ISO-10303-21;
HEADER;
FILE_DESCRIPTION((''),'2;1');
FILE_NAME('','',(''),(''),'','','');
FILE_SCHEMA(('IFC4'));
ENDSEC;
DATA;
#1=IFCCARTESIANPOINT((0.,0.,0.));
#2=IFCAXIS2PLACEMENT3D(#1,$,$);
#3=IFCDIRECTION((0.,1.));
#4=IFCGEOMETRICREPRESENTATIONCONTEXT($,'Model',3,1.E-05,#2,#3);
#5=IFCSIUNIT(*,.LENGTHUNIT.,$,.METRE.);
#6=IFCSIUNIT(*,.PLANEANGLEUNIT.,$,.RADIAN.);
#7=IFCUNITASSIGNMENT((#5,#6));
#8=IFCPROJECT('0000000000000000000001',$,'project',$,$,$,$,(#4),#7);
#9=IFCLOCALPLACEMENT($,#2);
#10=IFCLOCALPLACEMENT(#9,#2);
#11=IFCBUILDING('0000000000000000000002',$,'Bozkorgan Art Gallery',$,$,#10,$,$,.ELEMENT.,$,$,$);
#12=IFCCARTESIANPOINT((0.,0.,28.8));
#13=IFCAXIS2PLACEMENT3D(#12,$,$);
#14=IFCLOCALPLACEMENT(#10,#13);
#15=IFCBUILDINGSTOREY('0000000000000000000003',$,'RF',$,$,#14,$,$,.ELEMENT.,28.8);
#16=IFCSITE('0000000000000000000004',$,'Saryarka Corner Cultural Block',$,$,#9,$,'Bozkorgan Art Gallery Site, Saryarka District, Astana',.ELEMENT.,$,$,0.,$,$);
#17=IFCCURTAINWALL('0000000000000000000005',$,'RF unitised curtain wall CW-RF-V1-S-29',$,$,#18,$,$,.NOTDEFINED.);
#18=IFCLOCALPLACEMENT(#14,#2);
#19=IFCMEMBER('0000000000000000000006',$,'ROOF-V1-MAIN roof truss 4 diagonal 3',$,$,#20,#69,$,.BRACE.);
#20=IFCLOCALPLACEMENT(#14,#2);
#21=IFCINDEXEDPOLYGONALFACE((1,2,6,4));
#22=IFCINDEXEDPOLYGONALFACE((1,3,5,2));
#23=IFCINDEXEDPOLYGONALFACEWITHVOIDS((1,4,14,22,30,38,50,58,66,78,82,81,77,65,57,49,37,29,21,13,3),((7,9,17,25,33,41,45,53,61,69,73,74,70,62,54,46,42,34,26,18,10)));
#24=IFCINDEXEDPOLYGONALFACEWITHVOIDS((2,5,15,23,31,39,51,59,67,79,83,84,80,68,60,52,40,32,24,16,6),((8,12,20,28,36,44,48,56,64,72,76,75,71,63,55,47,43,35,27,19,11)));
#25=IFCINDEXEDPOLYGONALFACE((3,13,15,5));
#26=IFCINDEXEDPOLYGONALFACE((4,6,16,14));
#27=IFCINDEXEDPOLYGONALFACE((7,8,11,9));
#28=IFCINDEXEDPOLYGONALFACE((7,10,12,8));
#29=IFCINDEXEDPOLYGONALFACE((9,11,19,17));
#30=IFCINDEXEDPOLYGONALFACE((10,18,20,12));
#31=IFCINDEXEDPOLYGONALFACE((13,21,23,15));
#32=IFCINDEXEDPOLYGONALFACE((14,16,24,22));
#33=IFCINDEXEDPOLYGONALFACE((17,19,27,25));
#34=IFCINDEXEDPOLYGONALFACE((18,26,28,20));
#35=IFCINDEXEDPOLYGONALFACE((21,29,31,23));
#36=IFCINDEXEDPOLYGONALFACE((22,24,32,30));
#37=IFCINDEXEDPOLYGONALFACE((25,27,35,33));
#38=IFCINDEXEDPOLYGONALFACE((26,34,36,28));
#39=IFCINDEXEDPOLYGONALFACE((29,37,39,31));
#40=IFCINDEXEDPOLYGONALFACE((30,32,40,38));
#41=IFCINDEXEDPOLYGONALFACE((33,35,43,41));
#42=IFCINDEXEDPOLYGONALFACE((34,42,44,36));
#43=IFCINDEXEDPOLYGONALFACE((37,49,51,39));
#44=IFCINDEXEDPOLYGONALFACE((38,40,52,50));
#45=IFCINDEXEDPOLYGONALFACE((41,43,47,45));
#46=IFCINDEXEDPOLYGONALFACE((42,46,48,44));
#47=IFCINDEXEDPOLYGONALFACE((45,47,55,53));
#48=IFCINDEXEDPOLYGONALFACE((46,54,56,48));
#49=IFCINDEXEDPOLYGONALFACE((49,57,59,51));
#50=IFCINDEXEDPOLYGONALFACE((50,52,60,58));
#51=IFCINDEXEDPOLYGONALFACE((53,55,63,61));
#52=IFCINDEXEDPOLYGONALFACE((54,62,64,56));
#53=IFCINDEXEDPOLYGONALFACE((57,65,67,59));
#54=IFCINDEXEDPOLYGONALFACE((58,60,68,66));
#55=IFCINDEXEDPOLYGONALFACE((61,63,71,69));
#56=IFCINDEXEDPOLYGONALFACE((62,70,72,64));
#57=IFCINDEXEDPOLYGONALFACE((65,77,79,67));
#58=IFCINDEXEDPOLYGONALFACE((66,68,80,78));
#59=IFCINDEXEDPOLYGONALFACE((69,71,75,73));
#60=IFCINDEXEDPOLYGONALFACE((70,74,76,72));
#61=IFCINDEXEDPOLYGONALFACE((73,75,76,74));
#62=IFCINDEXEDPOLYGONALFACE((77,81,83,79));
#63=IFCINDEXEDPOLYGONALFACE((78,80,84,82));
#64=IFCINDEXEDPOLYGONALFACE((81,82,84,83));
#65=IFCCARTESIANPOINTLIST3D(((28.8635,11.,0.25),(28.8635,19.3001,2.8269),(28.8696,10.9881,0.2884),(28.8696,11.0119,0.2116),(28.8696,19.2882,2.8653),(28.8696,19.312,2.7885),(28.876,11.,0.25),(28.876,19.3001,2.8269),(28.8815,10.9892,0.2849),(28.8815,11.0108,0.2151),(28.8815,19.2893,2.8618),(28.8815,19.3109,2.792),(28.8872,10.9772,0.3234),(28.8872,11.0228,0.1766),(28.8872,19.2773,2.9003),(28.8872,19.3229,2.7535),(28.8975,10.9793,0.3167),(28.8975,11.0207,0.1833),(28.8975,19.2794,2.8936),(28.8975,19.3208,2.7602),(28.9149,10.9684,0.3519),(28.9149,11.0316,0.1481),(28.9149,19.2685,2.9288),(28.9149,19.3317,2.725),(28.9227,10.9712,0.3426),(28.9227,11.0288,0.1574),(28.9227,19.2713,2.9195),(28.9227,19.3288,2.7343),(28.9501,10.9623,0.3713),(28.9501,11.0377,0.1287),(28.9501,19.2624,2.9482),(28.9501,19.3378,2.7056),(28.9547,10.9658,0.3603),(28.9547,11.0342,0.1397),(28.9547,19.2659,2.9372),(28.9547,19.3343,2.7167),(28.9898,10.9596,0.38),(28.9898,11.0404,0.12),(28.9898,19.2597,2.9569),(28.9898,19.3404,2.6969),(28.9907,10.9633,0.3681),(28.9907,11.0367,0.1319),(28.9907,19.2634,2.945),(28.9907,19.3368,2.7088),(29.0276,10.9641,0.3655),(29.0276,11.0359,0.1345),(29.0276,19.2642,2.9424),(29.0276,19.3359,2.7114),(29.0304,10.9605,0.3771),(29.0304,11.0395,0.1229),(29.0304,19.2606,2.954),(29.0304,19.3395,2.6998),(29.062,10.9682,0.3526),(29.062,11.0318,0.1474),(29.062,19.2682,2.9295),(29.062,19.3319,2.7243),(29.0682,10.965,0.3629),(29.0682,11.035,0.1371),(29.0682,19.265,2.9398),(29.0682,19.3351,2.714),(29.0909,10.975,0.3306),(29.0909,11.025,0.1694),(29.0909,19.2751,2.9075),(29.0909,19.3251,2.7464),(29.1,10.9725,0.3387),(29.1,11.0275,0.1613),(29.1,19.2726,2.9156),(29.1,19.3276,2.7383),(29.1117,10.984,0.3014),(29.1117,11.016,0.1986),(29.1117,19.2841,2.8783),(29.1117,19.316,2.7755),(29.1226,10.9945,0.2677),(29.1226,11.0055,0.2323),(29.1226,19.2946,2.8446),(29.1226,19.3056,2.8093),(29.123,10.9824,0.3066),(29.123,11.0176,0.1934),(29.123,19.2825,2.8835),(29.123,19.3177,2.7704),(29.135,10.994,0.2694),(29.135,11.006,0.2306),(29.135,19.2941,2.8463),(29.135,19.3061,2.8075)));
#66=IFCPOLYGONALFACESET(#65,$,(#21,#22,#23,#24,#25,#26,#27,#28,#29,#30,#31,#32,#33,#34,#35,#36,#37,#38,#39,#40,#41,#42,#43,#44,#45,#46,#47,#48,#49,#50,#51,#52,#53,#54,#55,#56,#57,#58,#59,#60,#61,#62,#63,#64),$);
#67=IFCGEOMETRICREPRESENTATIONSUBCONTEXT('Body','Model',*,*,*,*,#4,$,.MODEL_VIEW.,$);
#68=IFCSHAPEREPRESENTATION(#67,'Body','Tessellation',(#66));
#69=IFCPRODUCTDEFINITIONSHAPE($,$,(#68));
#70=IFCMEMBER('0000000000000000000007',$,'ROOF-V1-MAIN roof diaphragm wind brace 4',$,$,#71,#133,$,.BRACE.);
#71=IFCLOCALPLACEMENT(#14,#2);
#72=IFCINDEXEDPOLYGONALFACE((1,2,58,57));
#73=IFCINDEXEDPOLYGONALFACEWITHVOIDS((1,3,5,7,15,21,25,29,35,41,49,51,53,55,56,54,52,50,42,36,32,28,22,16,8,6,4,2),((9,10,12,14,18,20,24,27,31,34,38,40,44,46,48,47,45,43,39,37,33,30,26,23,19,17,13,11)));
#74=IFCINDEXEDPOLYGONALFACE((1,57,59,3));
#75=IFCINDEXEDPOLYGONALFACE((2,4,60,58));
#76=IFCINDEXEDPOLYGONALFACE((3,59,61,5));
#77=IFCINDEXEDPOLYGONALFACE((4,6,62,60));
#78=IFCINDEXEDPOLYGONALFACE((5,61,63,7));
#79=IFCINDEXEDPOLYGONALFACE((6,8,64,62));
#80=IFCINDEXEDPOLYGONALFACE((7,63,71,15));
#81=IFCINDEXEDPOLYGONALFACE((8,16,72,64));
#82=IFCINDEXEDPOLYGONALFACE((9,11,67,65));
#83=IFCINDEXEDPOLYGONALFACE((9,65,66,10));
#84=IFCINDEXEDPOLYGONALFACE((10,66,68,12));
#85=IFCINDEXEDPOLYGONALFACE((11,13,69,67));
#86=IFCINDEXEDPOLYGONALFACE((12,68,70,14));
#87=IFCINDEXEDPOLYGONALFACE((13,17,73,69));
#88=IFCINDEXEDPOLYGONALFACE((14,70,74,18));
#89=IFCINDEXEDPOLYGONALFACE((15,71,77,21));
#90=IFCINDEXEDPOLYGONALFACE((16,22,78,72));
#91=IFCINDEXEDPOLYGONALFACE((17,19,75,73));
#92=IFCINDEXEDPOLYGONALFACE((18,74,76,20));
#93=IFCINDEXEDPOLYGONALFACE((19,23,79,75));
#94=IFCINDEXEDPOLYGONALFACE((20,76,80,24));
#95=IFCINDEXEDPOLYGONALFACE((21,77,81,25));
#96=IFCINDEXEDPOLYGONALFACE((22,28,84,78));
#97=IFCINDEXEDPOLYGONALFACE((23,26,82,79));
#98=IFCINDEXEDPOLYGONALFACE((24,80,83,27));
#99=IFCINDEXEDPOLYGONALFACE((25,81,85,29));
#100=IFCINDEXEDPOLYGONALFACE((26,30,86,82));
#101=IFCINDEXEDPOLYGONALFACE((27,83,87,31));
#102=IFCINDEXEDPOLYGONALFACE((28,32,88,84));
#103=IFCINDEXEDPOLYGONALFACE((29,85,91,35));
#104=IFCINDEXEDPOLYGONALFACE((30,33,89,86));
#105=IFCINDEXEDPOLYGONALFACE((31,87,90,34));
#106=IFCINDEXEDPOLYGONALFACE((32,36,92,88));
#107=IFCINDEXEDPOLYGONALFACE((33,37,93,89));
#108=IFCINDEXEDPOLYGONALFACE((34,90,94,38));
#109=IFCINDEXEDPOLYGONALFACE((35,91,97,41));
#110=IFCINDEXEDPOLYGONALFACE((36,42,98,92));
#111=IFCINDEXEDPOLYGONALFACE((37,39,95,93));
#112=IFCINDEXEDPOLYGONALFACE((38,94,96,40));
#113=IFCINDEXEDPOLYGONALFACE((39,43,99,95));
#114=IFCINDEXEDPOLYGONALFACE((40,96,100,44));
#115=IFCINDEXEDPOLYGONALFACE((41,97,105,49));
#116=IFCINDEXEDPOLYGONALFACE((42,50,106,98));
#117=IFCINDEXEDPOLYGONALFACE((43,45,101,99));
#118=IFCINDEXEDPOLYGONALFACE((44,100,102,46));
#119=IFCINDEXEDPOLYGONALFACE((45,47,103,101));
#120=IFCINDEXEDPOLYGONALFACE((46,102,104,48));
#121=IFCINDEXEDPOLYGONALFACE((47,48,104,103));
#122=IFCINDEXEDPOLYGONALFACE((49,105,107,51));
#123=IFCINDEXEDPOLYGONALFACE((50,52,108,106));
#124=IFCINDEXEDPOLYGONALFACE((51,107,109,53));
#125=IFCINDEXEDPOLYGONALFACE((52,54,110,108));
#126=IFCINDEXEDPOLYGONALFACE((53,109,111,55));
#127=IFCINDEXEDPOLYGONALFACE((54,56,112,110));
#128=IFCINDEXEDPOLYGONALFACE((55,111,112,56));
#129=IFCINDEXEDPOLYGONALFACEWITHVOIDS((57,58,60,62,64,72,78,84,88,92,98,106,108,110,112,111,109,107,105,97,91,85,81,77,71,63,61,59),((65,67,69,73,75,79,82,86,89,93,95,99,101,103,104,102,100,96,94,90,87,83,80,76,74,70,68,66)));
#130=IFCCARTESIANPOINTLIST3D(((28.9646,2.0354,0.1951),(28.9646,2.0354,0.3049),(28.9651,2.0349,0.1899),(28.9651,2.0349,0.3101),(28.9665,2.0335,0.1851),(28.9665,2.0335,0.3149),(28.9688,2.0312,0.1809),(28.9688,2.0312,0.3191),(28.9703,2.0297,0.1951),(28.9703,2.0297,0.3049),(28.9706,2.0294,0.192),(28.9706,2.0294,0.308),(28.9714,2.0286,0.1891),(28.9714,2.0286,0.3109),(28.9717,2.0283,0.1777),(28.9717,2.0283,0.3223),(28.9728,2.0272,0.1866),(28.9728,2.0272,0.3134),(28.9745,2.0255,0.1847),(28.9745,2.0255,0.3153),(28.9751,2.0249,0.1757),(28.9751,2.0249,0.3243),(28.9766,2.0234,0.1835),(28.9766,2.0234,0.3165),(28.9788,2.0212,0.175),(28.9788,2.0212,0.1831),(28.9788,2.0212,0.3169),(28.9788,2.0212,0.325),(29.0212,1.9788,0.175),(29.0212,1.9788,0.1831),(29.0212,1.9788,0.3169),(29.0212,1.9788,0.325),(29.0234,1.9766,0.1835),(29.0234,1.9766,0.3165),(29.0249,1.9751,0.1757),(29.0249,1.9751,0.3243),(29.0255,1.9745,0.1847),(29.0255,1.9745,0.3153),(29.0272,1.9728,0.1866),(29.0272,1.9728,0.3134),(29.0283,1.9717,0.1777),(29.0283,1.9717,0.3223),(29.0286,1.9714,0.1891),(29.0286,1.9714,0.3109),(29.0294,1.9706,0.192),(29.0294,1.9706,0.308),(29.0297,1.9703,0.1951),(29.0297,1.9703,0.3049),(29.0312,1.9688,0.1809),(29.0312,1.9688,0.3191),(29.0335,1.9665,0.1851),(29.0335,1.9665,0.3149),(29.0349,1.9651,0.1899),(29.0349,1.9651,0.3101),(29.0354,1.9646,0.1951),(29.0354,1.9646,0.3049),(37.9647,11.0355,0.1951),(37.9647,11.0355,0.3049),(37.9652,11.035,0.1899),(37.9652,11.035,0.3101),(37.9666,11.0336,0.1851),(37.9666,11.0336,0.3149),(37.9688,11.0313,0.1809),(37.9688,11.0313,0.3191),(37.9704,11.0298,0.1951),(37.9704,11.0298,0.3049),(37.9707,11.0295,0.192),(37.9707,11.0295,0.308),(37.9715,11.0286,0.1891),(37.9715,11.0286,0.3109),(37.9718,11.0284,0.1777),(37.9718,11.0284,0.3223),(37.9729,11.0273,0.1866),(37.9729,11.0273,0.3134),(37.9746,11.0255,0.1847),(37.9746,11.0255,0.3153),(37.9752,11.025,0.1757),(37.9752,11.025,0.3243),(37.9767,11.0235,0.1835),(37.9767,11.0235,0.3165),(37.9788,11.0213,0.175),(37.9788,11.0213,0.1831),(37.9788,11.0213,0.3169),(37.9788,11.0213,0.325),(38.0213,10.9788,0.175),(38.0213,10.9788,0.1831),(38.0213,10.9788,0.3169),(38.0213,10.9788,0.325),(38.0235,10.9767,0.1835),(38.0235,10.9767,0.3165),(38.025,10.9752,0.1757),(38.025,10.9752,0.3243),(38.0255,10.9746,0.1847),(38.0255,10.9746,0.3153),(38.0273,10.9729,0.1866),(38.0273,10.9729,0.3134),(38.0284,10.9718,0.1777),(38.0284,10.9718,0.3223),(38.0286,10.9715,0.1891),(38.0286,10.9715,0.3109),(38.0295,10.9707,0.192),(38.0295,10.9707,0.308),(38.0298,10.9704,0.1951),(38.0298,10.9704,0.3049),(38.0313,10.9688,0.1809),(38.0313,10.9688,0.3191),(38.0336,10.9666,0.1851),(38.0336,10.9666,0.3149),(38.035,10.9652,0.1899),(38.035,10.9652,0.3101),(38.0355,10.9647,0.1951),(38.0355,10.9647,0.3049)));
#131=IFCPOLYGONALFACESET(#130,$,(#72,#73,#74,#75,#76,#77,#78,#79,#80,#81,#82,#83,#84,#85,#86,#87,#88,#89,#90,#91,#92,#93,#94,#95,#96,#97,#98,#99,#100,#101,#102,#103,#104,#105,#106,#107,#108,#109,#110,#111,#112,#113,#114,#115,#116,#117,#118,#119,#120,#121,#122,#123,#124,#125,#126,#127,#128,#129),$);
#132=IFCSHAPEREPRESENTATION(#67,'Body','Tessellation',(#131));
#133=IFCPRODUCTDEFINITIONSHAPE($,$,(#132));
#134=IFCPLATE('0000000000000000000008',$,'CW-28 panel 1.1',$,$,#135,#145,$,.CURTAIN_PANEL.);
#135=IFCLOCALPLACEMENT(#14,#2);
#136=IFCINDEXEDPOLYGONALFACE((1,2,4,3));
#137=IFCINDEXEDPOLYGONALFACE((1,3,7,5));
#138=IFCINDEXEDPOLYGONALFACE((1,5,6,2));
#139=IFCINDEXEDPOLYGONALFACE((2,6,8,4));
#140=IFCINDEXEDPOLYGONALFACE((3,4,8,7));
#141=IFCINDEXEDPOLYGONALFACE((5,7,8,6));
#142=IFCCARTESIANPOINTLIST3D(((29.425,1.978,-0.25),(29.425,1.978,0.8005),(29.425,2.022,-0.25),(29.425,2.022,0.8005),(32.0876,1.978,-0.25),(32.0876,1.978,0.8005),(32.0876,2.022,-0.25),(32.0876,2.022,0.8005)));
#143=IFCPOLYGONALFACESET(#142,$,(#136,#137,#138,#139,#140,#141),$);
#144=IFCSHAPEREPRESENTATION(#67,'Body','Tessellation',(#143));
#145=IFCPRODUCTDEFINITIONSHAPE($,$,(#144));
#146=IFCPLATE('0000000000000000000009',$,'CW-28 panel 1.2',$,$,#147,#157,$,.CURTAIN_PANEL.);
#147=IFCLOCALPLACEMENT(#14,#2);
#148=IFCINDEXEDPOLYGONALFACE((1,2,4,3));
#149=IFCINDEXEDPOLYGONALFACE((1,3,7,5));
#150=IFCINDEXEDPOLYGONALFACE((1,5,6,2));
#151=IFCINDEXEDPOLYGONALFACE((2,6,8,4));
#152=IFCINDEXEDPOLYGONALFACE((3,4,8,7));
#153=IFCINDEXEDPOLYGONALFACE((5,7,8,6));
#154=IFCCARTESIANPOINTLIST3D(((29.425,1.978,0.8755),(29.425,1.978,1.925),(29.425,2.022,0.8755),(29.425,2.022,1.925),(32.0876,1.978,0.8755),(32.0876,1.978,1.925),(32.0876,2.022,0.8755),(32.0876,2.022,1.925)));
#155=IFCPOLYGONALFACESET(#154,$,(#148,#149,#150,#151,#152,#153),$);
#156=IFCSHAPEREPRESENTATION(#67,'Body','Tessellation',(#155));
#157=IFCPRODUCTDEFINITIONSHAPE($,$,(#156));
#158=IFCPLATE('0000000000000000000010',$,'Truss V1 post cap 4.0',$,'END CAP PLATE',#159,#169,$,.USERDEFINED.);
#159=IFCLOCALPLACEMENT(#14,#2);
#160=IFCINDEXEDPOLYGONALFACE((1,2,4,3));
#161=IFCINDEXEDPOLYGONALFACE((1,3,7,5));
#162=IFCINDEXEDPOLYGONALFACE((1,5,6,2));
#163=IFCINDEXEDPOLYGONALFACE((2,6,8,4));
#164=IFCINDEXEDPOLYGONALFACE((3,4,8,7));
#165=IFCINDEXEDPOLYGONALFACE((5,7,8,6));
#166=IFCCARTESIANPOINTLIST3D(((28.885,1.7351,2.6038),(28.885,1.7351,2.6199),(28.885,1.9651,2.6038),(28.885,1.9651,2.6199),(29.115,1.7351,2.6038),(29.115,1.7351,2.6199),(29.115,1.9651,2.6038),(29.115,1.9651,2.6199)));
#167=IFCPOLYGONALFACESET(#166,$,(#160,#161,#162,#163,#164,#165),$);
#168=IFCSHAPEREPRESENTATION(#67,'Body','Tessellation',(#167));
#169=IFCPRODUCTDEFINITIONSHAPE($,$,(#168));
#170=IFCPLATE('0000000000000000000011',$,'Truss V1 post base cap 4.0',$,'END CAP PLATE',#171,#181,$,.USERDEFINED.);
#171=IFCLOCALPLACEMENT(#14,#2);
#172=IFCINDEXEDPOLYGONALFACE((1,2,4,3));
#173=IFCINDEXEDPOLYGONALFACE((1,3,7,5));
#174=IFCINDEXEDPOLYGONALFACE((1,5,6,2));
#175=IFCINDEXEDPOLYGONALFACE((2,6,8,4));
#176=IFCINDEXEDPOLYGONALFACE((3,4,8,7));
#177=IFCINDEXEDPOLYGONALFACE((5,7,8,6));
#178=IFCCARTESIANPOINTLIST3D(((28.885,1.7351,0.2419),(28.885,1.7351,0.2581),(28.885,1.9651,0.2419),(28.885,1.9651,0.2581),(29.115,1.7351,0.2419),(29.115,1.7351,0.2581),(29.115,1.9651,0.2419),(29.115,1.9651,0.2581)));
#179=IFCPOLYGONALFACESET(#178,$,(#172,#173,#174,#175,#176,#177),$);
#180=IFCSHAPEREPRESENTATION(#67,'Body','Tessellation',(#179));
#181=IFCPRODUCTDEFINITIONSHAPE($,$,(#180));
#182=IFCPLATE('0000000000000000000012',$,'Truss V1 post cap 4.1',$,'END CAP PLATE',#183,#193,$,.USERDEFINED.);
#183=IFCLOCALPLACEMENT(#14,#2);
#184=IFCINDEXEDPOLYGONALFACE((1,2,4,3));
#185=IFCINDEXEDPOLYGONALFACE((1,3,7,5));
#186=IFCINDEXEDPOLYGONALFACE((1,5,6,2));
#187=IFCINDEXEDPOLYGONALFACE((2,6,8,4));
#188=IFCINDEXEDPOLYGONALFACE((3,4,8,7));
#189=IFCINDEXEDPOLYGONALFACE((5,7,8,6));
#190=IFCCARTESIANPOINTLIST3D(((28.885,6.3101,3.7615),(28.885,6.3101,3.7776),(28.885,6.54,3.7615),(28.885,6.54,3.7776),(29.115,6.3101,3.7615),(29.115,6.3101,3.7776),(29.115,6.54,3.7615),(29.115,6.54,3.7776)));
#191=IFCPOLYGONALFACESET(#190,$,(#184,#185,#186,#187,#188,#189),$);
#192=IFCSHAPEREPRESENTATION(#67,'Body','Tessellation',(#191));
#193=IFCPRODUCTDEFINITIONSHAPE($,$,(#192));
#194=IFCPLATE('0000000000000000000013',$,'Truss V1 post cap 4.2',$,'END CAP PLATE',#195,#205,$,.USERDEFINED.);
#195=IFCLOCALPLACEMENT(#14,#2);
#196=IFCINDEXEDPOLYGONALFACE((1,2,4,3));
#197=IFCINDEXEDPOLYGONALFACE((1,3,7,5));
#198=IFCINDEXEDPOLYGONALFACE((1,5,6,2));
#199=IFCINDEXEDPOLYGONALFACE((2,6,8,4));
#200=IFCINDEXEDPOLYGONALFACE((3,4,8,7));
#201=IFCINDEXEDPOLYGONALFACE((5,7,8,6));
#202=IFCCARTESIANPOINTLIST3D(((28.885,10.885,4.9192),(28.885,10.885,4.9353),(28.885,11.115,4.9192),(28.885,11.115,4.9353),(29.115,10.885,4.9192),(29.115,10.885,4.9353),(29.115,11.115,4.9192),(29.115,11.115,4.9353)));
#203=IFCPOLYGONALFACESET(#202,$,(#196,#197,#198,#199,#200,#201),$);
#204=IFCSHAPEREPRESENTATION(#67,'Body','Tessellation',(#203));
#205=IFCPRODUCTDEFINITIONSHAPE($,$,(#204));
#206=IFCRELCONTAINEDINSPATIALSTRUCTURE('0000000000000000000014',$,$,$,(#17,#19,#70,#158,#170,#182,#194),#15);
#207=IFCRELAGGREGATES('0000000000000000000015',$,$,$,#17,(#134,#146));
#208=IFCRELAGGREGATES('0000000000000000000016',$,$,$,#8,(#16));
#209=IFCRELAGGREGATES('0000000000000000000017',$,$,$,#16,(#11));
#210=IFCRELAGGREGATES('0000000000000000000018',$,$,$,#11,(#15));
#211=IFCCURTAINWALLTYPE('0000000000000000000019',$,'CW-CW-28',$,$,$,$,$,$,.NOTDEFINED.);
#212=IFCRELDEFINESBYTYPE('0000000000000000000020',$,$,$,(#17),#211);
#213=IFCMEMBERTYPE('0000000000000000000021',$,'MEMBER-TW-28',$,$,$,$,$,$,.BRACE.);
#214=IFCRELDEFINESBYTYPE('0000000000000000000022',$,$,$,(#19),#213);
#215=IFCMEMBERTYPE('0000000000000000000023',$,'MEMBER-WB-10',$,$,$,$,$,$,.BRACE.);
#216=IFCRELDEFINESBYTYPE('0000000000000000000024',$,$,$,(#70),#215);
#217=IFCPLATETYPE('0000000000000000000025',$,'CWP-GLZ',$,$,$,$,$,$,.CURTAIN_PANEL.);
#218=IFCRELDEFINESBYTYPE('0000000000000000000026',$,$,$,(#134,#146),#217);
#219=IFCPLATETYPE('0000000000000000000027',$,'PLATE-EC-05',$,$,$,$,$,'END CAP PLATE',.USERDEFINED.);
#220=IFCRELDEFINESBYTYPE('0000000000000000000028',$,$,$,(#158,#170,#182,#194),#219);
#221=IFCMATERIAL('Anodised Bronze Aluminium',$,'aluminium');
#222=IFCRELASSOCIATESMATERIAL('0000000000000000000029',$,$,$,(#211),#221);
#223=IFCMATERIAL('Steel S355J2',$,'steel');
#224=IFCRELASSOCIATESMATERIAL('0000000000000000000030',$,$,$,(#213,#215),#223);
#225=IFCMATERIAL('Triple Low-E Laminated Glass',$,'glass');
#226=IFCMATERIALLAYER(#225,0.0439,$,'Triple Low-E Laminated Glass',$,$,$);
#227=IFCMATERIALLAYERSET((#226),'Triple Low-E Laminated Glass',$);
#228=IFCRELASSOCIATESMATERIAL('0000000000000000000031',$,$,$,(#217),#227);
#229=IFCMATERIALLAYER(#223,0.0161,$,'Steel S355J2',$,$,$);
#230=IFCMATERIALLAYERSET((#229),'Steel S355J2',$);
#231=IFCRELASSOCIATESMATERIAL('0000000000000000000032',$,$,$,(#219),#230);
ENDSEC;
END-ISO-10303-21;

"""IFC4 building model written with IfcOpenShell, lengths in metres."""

from ifc_helpers import new_model, si_unit, direction, frame, origin, origin_2d, place, context, subcontext, project, spatial, rectangle, hollow_rectangle, hollow_circle, extrude, material, layer, layer_set, material_profile, profile_set, type_object, element, aggregate, save


model = new_model("IFC4")

# Units and contexts
model_context = context("Model", 3, precision=1e-05, world=origin(), true_north=direction((0.0, 1.0)))
body_context = subcontext(model_context, "Body", "Model", "MODEL_VIEW")
ifc_project = project(units=[si_unit("LENGTHUNIT", "METRE"), si_unit("PLANEANGLEUNIT", "RADIAN")], contexts=[model_context])

# Site, building, storey
site_placement = place(None, origin())
site = spatial("IfcSite", under=ifc_project, at=site_placement, Name="Saryarka Corner Cultural Block", LongName="Bozkorgan Art Gallery Site, Saryarka District, Astana", CompositionType="ELEMENT", RefElevation=0.0)
building_placement = place(site_placement, origin())
building = spatial("IfcBuilding", under=site, at=building_placement, Name="Bozkorgan Art Gallery", CompositionType="ELEMENT")
storey_placement = place(building_placement, frame((0.0, 0.0, 28.8)))
storey = spatial("IfcBuildingStorey", under=building, at=storey_placement, Name="RF", CompositionType="ELEMENT", Elevation=28.8)

# Shared definitions
ifc_material_1 = material(Name="Steel S355J2", Category="steel")

# Curtain wall
ifc_material_2 = material(Name="Anodised Bronze Aluminium", Category="aluminium")
curtain_wall_type = type_object("IfcCurtainWallType", Name="CW-CW-28", PredefinedType="NOTDEFINED", material=ifc_material_2)
curtain_wall_placement = place(storey_placement, origin())
curtain_wall = element("IfcCurtainWall", 1, at=curtain_wall_placement, inside=storey, type_object=curtain_wall_type, Name="RF unitised curtain wall CW-RF-V1-S-29", PredefinedType="NOTDEFINED")

# Members
ifc_material_profile_1 = material_profile(ifc_material_1, hollow_circle(Radius=0.1365, WallThickness=0.0125, at=origin_2d()), Name="CHS 273x12.5")
ifc_profile_set_1 = profile_set([ifc_material_profile_1], Name="Steel S355J2")
member_type_1 = type_object("IfcMemberType", Name="MEMBER-TW-28", PredefinedType="BRACE", material=ifc_profile_set_1)
member_1_placement = place(storey_placement, frame((29.0, 11.0, 0.25), z_axis=(0.0, 0.955031, 0.296507), x_axis=(-1.0, 0.0, 0.0)))
element("IfcMember", 2, at=member_1_placement, inside=storey, type_object=member_type_1, Name="ROOF-V1-MAIN roof truss 4 diagonal 3", PredefinedType="BRACE", context=body_context, shape_type="SweptSolid", body=[
    extrude(hollow_circle(Radius=0.1365, WallThickness=0.0125, at=origin_2d()), origin(), (0.0, 0.0, 1.0), 8.6909),
])
ifc_material_profile_2 = material_profile(ifc_material_1, hollow_rectangle(XDim=0.1001, YDim=0.1499, WallThickness=0.0081, InnerFilletRadius=0.012, OuterFilletRadius=0.02, at=origin_2d()), Name="RHS 150x100x8")
ifc_profile_set_2 = profile_set([ifc_material_profile_2], Name="Steel S355J2")
member_type_2 = type_object("IfcMemberType", Name="MEMBER-WB-10", PredefinedType="BRACE", material=ifc_profile_set_2)
member_2_placement = place(storey_placement, frame((29.0, 2.0, 0.25), z_axis=(0.707107, 0.707107, 0.0), x_axis=(-0.707107, 0.707107, 0.0)))
element("IfcMember", 3, at=member_2_placement, inside=storey, type_object=member_type_2, Name="ROOF-V1-MAIN roof diaphragm wind brace 4", PredefinedType="BRACE", context=body_context, shape_type="SweptSolid", body=[
    extrude(hollow_rectangle(XDim=0.1001, YDim=0.1499, WallThickness=0.0081, InnerFilletRadius=0.012, OuterFilletRadius=0.02, at=origin_2d()), origin(), (0.0, 0.0, 1.0), 12.728),
])

# Plates
ifc_material_3 = material(Name="Triple Low-E Laminated Glass", Category="glass")
ifc_layer_1 = layer(ifc_material_3, 0.0439, Name="Triple Low-E Laminated Glass")
ifc_layer_set_1 = layer_set([ifc_layer_1], Name="Triple Low-E Laminated Glass")
plate_type_1 = type_object("IfcPlateType", Name="CWP-GLZ", PredefinedType="CURTAIN_PANEL", material=ifc_layer_set_1)
plate_1_placement = place(storey_placement, frame((30.7563, 2.0, -0.25), z_axis=(0.0, 0.0, 1.0), x_axis=(1.0, 0.0, 0.0)))
plate_1 = element("IfcPlate", 4, at=plate_1_placement, type_object=plate_type_1, Name="CW-28 panel 1.1", PredefinedType="CURTAIN_PANEL", context=body_context, shape_type="SweptSolid", body=[
    extrude(rectangle(XDim=2.6626, YDim=0.0439, at=origin_2d()), origin(), (0.0, 0.0, 1.0), 1.0505),
])
plate_2_placement = place(storey_placement, frame((30.7563, 2.0, 0.8755), z_axis=(0.0, 0.0, 1.0), x_axis=(1.0, 0.0, 0.0)))
plate_2 = element("IfcPlate", 5, at=plate_2_placement, type_object=plate_type_1, Name="CW-28 panel 1.2", PredefinedType="CURTAIN_PANEL", context=body_context, shape_type="SweptSolid", body=[
    extrude(rectangle(XDim=2.6626, YDim=0.0439, at=origin_2d()), origin(), (0.0, 0.0, 1.0), 1.0496),
])
aggregate(curtain_wall, [plate_1, plate_2])

# Plates
ifc_layer_2 = layer(ifc_material_1, 0.0161, Name="Steel S355J2")
ifc_layer_set_2 = layer_set([ifc_layer_2], Name="Steel S355J2")
plate_type_2 = type_object("IfcPlateType", Name="PLATE-EC-05", ElementType="END CAP PLATE", PredefinedType="USERDEFINED", material=ifc_layer_set_2)
for number, where, z_axis, x_axis, name in (
    (6, (29.0, 1.8501, 2.6038), (0.0, 0.0, 1.0), (1.0, 0.0, 0.0), "Truss V1 post cap 4.0"),
    (7, (29.0, 1.8501, 0.2419), (0.0, 0.0, 1.0), (1.0, 0.0, 0.0), "Truss V1 post base cap 4.0"),
    (8, (29.0, 6.425, 3.7615), (0.0, 0.0, 1.0), (1.0, 0.0, 0.0), "Truss V1 post cap 4.1"),
    (9, (29.0, 11.0, 4.9192), (0.0, 0.0, 1.0), (1.0, 0.0, 0.0), "Truss V1 post cap 4.2"),
):
    element("IfcPlate", number, at=place(storey_placement, frame(where, z_axis=z_axis, x_axis=x_axis)), inside=storey, type_object=plate_type_2, Name=name, ObjectType="END CAP PLATE", PredefinedType="USERDEFINED", context=body_context, shape_type="SweptSolid", body=[
        extrude(rectangle(XDim=0.23, YDim=0.23, at=origin_2d()), origin(), (0.0, 0.0, 1.0), 0.0161),
    ])

save(model, "model.ifc")
